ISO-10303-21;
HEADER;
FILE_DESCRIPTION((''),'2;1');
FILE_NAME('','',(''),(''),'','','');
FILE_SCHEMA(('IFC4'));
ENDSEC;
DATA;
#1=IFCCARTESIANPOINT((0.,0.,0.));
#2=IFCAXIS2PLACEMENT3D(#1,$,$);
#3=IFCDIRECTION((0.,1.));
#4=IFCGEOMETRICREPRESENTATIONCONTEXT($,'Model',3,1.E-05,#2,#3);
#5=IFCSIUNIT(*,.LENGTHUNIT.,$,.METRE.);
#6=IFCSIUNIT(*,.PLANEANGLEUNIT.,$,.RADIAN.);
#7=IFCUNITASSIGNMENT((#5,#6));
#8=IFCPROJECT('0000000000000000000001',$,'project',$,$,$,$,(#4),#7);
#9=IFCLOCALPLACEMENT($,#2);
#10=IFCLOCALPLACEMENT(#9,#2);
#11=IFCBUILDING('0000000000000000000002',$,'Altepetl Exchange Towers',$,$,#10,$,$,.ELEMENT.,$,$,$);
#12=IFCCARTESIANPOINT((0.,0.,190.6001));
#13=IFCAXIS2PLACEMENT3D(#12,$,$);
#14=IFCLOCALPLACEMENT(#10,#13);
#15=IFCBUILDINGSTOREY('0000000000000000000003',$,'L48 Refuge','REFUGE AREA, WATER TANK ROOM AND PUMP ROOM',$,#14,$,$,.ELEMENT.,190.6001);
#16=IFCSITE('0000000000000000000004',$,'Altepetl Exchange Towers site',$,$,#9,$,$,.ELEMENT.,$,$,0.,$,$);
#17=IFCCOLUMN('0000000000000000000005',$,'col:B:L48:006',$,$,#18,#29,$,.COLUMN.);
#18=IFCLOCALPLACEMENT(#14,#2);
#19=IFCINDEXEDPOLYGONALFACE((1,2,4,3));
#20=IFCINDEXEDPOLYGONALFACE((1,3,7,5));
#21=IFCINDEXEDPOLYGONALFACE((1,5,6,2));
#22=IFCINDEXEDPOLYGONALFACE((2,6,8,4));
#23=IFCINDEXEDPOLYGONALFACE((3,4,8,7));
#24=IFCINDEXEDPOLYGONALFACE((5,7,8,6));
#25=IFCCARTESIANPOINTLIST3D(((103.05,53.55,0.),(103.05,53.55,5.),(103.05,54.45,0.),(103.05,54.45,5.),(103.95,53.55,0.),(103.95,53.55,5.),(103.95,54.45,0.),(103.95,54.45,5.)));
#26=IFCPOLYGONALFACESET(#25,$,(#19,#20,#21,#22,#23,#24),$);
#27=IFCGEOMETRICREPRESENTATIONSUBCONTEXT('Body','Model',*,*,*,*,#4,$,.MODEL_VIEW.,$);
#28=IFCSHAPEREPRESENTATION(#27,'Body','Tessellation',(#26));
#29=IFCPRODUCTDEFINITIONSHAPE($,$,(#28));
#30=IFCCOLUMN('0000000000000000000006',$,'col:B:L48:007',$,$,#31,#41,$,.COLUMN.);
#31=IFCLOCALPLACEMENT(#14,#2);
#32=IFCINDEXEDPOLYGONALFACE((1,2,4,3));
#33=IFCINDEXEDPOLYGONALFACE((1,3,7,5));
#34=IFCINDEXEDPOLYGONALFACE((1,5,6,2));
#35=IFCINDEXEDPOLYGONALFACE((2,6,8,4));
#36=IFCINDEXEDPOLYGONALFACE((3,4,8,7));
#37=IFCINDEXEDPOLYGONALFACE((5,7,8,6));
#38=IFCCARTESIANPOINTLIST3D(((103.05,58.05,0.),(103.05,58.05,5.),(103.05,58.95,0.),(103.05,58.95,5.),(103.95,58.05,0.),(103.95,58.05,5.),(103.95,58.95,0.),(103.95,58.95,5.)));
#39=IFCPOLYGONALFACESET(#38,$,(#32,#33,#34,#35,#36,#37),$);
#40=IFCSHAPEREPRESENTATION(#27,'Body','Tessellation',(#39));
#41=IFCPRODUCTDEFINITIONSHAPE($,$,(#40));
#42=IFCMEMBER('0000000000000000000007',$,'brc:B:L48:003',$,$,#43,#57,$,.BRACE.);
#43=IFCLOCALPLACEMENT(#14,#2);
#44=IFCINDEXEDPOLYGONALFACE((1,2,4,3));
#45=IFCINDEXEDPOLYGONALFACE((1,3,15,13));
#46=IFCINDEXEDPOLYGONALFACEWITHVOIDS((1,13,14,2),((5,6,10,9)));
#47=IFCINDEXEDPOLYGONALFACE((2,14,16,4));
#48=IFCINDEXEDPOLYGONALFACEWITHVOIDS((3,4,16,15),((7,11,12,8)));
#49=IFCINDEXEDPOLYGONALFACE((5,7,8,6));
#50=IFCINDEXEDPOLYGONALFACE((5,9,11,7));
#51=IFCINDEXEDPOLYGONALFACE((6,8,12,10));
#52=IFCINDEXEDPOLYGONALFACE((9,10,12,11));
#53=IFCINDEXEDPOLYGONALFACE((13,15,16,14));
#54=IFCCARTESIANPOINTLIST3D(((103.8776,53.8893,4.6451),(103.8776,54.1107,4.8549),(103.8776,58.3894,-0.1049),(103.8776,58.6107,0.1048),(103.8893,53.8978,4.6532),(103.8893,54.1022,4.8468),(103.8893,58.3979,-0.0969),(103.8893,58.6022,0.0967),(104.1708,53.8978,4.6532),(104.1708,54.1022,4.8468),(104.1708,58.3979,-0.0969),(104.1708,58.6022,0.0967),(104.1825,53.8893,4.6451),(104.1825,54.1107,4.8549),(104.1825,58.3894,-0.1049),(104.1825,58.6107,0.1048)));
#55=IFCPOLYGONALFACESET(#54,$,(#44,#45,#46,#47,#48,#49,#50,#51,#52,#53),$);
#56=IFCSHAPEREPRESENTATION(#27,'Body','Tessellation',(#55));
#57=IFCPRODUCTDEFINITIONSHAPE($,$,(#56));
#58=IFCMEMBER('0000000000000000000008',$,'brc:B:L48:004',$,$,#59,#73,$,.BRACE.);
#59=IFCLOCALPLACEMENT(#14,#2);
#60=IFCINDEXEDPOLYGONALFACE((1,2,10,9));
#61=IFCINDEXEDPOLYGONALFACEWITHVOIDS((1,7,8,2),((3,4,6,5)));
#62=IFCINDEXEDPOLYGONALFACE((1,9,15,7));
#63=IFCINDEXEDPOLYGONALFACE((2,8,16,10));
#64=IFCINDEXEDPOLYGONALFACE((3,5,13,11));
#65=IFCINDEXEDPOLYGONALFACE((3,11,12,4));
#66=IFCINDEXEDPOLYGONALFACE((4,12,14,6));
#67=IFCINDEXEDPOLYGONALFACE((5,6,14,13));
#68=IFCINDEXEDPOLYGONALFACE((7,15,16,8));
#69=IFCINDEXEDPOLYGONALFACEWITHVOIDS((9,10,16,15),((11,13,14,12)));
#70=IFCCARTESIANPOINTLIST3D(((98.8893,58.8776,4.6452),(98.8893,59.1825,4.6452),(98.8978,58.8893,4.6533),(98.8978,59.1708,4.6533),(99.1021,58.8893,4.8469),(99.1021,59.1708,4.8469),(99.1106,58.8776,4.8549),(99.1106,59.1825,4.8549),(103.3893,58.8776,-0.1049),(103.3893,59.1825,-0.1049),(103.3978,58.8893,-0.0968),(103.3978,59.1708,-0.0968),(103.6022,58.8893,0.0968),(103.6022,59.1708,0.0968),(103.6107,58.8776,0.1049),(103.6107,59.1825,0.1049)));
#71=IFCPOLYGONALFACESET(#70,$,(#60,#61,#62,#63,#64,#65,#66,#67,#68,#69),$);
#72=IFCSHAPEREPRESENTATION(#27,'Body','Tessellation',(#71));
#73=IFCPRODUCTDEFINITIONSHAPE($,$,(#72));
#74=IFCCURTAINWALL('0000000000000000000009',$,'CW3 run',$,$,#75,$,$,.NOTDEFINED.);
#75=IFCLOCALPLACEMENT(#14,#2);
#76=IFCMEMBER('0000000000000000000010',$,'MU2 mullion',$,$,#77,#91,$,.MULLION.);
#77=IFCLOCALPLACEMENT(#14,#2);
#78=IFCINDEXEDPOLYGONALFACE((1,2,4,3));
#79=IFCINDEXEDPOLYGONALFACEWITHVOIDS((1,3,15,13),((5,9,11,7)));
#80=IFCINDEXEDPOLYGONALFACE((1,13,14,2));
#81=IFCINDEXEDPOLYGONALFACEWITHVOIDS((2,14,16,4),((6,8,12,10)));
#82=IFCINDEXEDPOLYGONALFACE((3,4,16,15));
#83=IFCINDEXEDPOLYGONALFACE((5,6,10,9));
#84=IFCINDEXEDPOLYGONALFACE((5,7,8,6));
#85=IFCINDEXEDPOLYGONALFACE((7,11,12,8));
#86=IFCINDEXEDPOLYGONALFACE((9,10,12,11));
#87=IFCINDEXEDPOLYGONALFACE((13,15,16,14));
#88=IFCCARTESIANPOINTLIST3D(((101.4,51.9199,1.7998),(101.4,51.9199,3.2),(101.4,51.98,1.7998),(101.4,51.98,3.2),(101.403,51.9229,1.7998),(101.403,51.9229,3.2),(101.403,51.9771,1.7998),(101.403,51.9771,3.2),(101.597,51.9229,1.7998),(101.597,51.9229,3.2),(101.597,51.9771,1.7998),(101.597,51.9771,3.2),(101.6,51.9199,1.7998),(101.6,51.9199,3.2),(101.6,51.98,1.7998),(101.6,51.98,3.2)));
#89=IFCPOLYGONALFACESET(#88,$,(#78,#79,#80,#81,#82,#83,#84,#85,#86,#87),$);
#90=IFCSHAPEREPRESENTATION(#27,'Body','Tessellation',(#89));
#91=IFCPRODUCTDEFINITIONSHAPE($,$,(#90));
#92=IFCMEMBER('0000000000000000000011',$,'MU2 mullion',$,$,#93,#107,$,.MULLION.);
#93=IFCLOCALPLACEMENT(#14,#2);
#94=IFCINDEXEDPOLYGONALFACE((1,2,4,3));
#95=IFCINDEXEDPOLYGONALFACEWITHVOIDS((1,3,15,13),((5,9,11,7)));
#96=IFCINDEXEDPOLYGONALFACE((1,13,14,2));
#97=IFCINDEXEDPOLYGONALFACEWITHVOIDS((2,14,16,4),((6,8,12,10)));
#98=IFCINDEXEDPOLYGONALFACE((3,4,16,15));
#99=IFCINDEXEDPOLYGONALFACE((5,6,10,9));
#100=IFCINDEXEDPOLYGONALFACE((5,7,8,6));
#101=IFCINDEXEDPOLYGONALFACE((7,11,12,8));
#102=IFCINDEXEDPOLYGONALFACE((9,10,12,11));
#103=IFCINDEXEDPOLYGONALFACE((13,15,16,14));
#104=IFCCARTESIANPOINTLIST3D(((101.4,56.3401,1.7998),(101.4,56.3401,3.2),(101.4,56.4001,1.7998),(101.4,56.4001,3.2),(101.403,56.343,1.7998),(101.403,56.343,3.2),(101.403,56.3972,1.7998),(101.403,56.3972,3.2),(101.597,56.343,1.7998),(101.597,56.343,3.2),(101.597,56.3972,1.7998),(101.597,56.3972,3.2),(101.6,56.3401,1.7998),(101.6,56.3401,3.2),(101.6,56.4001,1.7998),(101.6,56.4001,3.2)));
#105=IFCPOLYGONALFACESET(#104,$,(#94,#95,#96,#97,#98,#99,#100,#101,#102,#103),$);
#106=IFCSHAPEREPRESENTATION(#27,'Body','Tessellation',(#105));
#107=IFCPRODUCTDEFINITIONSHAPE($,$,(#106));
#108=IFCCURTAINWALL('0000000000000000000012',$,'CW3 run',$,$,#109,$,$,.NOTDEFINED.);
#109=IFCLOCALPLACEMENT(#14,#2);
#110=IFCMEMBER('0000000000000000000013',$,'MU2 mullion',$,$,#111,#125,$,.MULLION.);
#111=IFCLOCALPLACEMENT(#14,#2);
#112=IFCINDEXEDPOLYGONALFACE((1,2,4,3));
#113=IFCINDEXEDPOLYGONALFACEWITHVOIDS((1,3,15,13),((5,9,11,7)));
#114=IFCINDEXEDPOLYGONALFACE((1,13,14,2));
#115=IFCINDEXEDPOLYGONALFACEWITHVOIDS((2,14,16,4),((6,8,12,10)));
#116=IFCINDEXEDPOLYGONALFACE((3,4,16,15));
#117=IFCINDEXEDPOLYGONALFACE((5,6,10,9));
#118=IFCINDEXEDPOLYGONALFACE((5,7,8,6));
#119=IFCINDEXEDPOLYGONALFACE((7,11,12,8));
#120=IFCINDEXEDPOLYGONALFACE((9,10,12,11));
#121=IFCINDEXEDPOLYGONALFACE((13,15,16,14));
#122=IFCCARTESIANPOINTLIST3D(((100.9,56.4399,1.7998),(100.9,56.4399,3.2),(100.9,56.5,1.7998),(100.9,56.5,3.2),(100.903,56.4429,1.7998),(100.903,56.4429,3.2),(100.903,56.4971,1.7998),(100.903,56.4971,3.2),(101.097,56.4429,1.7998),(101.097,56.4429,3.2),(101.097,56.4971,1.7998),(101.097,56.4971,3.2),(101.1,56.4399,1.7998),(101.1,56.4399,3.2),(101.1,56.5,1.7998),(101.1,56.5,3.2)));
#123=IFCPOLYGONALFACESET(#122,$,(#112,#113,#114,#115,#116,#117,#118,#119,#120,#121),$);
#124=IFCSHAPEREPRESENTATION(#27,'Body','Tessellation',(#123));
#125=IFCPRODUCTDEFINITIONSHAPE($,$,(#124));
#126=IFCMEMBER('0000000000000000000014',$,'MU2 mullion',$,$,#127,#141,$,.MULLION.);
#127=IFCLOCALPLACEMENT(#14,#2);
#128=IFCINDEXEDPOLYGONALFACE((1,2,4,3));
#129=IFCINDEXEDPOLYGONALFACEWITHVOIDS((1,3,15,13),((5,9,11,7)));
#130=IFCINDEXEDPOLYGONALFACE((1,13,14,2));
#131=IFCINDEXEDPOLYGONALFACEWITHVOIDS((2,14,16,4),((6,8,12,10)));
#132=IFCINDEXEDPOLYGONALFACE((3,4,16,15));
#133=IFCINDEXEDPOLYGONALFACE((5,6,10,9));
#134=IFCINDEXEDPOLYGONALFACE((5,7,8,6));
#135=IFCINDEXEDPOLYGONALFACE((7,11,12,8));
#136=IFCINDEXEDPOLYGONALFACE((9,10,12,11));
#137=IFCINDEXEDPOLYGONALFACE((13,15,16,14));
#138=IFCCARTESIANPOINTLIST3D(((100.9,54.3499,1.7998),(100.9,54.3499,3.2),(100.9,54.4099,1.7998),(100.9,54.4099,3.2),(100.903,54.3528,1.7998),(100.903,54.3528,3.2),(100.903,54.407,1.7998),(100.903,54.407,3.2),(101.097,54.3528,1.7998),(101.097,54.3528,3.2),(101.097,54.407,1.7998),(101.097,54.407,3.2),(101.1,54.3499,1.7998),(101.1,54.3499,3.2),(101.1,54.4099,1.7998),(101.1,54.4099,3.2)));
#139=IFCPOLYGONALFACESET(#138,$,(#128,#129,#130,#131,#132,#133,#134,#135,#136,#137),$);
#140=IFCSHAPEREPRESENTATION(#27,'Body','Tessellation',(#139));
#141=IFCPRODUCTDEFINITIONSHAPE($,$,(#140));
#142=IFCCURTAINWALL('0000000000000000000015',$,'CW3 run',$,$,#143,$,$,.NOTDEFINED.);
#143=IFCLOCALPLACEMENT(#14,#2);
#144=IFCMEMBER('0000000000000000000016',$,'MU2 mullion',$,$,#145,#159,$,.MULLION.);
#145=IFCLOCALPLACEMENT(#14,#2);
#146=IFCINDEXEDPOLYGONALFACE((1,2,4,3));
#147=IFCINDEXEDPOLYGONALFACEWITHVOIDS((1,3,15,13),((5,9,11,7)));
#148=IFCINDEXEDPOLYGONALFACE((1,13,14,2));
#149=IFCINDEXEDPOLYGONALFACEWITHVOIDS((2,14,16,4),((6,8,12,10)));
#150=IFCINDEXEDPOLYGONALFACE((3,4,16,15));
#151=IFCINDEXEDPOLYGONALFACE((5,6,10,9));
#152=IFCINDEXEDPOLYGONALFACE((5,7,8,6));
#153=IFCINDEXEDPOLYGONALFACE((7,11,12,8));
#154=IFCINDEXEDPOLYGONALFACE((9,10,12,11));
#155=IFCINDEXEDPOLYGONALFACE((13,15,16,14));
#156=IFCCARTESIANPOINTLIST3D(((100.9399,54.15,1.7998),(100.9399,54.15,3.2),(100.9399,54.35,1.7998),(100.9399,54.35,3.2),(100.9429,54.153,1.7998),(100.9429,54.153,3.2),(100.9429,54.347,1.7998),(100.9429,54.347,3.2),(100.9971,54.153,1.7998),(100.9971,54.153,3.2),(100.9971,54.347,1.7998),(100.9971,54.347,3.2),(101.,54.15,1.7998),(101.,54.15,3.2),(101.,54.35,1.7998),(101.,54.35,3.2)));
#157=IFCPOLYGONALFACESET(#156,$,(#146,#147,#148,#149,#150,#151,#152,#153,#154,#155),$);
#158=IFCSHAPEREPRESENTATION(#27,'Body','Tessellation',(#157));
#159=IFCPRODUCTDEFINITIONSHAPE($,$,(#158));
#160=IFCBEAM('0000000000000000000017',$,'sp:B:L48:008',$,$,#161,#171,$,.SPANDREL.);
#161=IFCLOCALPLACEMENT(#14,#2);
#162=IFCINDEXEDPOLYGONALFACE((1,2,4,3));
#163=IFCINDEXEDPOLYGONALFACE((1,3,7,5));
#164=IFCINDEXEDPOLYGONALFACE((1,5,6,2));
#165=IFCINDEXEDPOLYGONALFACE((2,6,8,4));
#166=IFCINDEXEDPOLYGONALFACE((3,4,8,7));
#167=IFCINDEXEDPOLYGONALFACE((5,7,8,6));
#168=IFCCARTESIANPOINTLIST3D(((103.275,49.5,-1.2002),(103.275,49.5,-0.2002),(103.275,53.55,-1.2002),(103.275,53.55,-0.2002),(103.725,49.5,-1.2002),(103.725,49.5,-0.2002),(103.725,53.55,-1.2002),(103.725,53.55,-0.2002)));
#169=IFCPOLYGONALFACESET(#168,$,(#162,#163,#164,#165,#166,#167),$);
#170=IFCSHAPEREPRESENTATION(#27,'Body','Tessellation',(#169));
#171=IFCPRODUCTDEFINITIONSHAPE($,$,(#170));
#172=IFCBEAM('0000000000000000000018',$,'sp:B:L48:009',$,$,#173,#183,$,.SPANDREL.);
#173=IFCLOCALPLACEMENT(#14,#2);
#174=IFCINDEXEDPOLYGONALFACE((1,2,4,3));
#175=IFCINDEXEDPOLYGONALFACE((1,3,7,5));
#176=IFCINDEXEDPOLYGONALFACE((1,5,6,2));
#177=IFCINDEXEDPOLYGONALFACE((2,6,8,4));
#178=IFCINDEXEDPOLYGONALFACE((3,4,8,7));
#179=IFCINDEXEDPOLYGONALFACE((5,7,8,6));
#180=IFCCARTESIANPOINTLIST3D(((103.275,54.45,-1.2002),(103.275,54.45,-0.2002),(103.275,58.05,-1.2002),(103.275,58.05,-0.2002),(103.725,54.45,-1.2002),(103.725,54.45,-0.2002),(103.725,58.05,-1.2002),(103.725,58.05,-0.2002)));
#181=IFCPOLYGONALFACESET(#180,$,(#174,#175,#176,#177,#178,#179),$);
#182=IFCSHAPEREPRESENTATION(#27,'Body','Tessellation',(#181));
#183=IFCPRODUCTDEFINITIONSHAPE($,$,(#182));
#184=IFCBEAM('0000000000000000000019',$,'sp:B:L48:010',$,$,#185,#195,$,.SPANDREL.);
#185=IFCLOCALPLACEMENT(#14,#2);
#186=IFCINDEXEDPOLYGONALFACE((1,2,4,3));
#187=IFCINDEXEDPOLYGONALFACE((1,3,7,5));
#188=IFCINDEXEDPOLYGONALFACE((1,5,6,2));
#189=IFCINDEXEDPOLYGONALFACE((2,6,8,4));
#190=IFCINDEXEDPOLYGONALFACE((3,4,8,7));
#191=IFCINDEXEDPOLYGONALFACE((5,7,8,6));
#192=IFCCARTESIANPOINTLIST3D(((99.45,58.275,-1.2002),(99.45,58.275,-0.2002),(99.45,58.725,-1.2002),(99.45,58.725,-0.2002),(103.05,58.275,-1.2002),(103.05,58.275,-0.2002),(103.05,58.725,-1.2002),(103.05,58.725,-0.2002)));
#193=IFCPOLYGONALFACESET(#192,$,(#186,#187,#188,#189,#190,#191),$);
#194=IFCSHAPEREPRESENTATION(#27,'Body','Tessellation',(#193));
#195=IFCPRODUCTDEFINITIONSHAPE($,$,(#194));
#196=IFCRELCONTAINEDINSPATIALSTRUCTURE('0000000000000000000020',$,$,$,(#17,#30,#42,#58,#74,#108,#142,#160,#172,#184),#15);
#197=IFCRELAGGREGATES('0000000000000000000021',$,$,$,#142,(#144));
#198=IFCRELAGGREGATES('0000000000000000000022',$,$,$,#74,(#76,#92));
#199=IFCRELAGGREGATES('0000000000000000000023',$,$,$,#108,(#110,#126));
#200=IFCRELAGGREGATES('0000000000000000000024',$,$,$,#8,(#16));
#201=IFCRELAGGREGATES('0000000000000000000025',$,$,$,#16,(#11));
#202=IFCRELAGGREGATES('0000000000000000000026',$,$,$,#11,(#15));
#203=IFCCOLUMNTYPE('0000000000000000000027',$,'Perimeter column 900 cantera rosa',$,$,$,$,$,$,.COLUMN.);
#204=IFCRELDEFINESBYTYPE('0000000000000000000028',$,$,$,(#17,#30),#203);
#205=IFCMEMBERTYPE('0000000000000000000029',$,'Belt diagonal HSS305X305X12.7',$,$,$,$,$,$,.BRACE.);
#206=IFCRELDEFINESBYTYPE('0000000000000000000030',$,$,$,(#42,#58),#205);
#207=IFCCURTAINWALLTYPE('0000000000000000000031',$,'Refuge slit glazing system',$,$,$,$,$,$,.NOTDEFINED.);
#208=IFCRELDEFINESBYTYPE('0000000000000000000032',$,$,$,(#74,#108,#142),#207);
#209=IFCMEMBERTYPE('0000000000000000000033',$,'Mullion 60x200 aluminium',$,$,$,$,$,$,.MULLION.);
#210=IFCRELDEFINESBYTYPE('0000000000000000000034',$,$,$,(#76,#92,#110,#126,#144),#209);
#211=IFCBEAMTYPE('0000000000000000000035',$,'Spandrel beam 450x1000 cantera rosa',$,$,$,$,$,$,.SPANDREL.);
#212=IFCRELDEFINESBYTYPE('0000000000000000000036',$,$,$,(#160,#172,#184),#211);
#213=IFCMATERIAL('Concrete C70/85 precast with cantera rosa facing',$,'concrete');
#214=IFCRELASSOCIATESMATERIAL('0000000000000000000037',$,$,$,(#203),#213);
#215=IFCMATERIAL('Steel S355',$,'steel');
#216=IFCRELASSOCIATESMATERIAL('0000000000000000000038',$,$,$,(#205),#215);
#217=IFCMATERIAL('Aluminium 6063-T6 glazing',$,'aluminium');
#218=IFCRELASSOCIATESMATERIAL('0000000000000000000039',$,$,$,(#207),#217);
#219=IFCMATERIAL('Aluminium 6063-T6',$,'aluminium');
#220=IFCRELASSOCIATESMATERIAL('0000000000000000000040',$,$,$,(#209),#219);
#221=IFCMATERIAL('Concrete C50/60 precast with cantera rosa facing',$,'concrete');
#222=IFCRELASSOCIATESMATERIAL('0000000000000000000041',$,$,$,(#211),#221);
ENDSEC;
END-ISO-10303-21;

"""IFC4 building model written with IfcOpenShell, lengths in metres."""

from ifc_helpers import new_model, si_unit, direction, frame, origin, origin_2d, place, context, subcontext, project, spatial, rectangle, hollow_rectangle, extrude, material, material_profile, profile_set, type_object, element, aggregate, save


model = new_model("IFC4")

# Units and contexts
model_context = context("Model", 3, precision=1e-05, world=origin(), true_north=direction((0.0, 1.0)))
body_context = subcontext(model_context, "Body", "Model", "MODEL_VIEW")
ifc_project = project(units=[si_unit("LENGTHUNIT", "METRE"), si_unit("PLANEANGLEUNIT", "RADIAN")], contexts=[model_context])

# Site, building, storey
site_placement = place(None, origin())
site = spatial("IfcSite", under=ifc_project, at=site_placement, Name="Altepetl Exchange Towers site", CompositionType="ELEMENT", RefElevation=0.0)
building_placement = place(site_placement, origin())
building = spatial("IfcBuilding", under=site, at=building_placement, Name="Altepetl Exchange Towers", CompositionType="ELEMENT")
storey_placement = place(building_placement, frame((0.0, 0.0, 190.6001)))
storey = spatial("IfcBuildingStorey", under=building, at=storey_placement, Name="L48 Refuge", Description="REFUGE AREA, WATER TANK ROOM AND PUMP ROOM", CompositionType="ELEMENT", Elevation=190.6001)

# Columns
ifc_material_1 = material(Name="Concrete C70/85 precast with cantera rosa facing", Category="concrete")
ifc_material_profile_1 = material_profile(ifc_material_1, rectangle(XDim=0.8999, YDim=0.8999, at=origin_2d()), Name="900 x 900")
ifc_profile_set_1 = profile_set([ifc_material_profile_1], Name="Concrete C70/85 precast with cantera rosa facing")
column_type = type_object("IfcColumnType", Name="Perimeter column 900 cantera rosa", PredefinedType="COLUMN", material=ifc_profile_set_1)
for number, where, name in (
    (1, (103.5, 54.0, 0.0), "col:B:L48:006"),
    (2, (103.5, 58.5, 0.0), "col:B:L48:007"),
):
    element("IfcColumn", number, at=place(storey_placement, frame(where)), inside=storey, type_object=column_type, Name=name, PredefinedType="COLUMN", context=body_context, shape_type="SweptSolid", body=[
        extrude(rectangle(XDim=0.8999, YDim=0.8999, at=origin_2d()), origin(), (0.0, 0.0, 1.0), 5.0),
    ])

# Members
ifc_material_2 = material(Name="Steel S355", Category="steel")
ifc_material_profile_2 = material_profile(ifc_material_2, hollow_rectangle(XDim=0.3049, YDim=0.3049, WallThickness=0.0117, at=origin_2d()), Name="HSS305X305X12.7")
ifc_profile_set_2 = profile_set([ifc_material_profile_2], Name="Steel S355")
member_type_1 = type_object("IfcMemberType", Name="Belt diagonal HSS305X305X12.7", PredefinedType="BRACE", material=ifc_profile_set_2)
for number, where, z_axis, x_axis, name in (
    (3, (104.03, 54.0, 4.75), (0.0, 0.687745, -0.725953), (-1.0, 0.0, 0.0), "brc:B:L48:003"),
    (4, (103.5, 59.03, 0.0), (-0.687745, 0.0, 0.725953), (0.0, -1.0, 0.0), "brc:B:L48:004"),
):
    element("IfcMember", number, at=place(storey_placement, frame(where, z_axis=z_axis, x_axis=x_axis)), inside=storey, type_object=member_type_1, Name=name, PredefinedType="BRACE", context=body_context, shape_type="SweptSolid", body=[
        extrude(hollow_rectangle(XDim=0.3049, YDim=0.3049, WallThickness=0.0117, at=origin_2d()), origin(), (0.0, 0.0, 1.0), 6.5432),
    ])

# Curtain walls, members
ifc_material_3 = material(Name="Aluminium 6063-T6 glazing", Category="aluminium")
curtain_wall_type = type_object("IfcCurtainWallType", Name="Refuge slit glazing system", PredefinedType="NOTDEFINED", material=ifc_material_3)
curtain_wall_1_placement = place(storey_placement, origin())
curtain_wall_1 = element("IfcCurtainWall", 5, at=curtain_wall_1_placement, inside=storey, type_object=curtain_wall_type, Name="CW3 run", PredefinedType="NOTDEFINED")
ifc_material_4 = material(Name="Aluminium 6063-T6", Category="aluminium")
ifc_material_profile_3 = material_profile(ifc_material_4, hollow_rectangle(XDim=0.0601, YDim=0.2, WallThickness=0.0029, at=origin_2d()), Name="Mullion 60x200 aluminium")
ifc_profile_set_3 = profile_set([ifc_material_profile_3], Name="Aluminium 6063-T6")
member_type_2 = type_object("IfcMemberType", Name="Mullion 60x200 aluminium", PredefinedType="MULLION", material=ifc_profile_set_3)
member_1_placement = place(storey_placement, frame((101.5, 51.95, 1.7998), z_axis=(0.0, 0.0, 1.0), x_axis=(0.0, 1.0, 0.0)))
member_1 = element("IfcMember", 6, at=member_1_placement, type_object=member_type_2, Name="MU2 mullion", PredefinedType="MULLION", context=body_context, shape_type="SweptSolid", body=[
    extrude(hollow_rectangle(XDim=0.0601, YDim=0.2, WallThickness=0.0029, at=origin_2d()), origin(), (0.0, 0.0, 1.0), 1.4001),
])
member_2_placement = place(storey_placement, frame((101.5, 56.3701, 1.7998), z_axis=(0.0, 0.0, 1.0), x_axis=(0.0, 1.0, 0.0)))
member_2 = element("IfcMember", 7, at=member_2_placement, type_object=member_type_2, Name="MU2 mullion", PredefinedType="MULLION", context=body_context, shape_type="SweptSolid", body=[
    extrude(hollow_rectangle(XDim=0.0601, YDim=0.2, WallThickness=0.0029, at=origin_2d()), origin(), (0.0, 0.0, 1.0), 1.4001),
])
curtain_wall_2_placement = place(storey_placement, origin())
curtain_wall_2 = element("IfcCurtainWall", 8, at=curtain_wall_2_placement, inside=storey, type_object=curtain_wall_type, Name="CW3 run", PredefinedType="NOTDEFINED")
member_3_placement = place(storey_placement, frame((101.0, 56.47, 1.7998), z_axis=(0.0, 0.0, 1.0), x_axis=(0.0, -1.0, 0.0)))
member_3 = element("IfcMember", 9, at=member_3_placement, type_object=member_type_2, Name="MU2 mullion", PredefinedType="MULLION", context=body_context, shape_type="SweptSolid", body=[
    extrude(hollow_rectangle(XDim=0.0601, YDim=0.2, WallThickness=0.0029, at=origin_2d()), origin(), (0.0, 0.0, 1.0), 1.4001),
])
member_4_placement = place(storey_placement, frame((101.0, 54.3799, 1.7998), z_axis=(0.0, 0.0, 1.0), x_axis=(0.0, -1.0, 0.0)))
member_4 = element("IfcMember", 10, at=member_4_placement, type_object=member_type_2, Name="MU2 mullion", PredefinedType="MULLION", context=body_context, shape_type="SweptSolid", body=[
    extrude(hollow_rectangle(XDim=0.0601, YDim=0.2, WallThickness=0.0029, at=origin_2d()), origin(), (0.0, 0.0, 1.0), 1.4001),
])

# Curtain wall, member
curtain_wall_3_placement = place(storey_placement, origin())
curtain_wall_3 = element("IfcCurtainWall", 11, at=curtain_wall_3_placement, inside=storey, type_object=curtain_wall_type, Name="CW3 run", PredefinedType="NOTDEFINED")
member_5_placement = place(storey_placement, frame((100.97, 54.25, 1.7998), z_axis=(0.0, 0.0, 1.0), x_axis=(-1.0, 0.0, 0.0)))
member_5 = element("IfcMember", 12, at=member_5_placement, type_object=member_type_2, Name="MU2 mullion", PredefinedType="MULLION", context=body_context, shape_type="SweptSolid", body=[
    extrude(hollow_rectangle(XDim=0.0601, YDim=0.2, WallThickness=0.0029, at=origin_2d()), origin(), (0.0, 0.0, 1.0), 1.4001),
])
aggregate(curtain_wall_3, [member_5])

# Beams
ifc_material_5 = material(Name="Concrete C50/60 precast with cantera rosa facing", Category="concrete")
ifc_material_profile_4 = material_profile(ifc_material_5, rectangle(XDim=0.45, YDim=1.0, at=origin_2d()), Name="450 x 1000")
ifc_profile_set_4 = profile_set([ifc_material_profile_4], Name="Concrete C50/60 precast with cantera rosa facing")
beam_type = type_object("IfcBeamType", Name="Spandrel beam 450x1000 cantera rosa", PredefinedType="SPANDREL", material=ifc_profile_set_4)
beam_placement = place(storey_placement, frame((103.5, 49.5, -0.7002), z_axis=(0.0, 1.0, 0.0), x_axis=(-1.0, 0.0, 0.0)))
element("IfcBeam", 13, at=beam_placement, inside=storey, type_object=beam_type, Name="sp:B:L48:008", PredefinedType="SPANDREL", context=body_context, shape_type="SweptSolid", body=[
    extrude(rectangle(XDim=0.45, YDim=1.0, at=origin_2d()), origin(), (0.0, 0.0, 1.0), 4.05),
])
for number, where, z_axis, x_axis, name in (
    (14, (103.5, 54.45, -0.7002), (0.0, 1.0, 0.0), (-1.0, 0.0, 0.0), "sp:B:L48:009"),
    (15, (103.05, 58.5, -0.7002), (-1.0, 0.0, 0.0), (0.0, -1.0, 0.0), "sp:B:L48:010"),
):
    element("IfcBeam", number, at=place(storey_placement, frame(where, z_axis=z_axis, x_axis=x_axis)), inside=storey, type_object=beam_type, Name=name, PredefinedType="SPANDREL", context=body_context, shape_type="SweptSolid", body=[
        extrude(rectangle(XDim=0.45, YDim=1.0, at=origin_2d()), origin(), (0.0, 0.0, 1.0), 3.6001),
    ])

aggregate(curtain_wall_1, [member_1, member_2])
aggregate(curtain_wall_2, [member_3, member_4])

save(model, "model.ifc")
